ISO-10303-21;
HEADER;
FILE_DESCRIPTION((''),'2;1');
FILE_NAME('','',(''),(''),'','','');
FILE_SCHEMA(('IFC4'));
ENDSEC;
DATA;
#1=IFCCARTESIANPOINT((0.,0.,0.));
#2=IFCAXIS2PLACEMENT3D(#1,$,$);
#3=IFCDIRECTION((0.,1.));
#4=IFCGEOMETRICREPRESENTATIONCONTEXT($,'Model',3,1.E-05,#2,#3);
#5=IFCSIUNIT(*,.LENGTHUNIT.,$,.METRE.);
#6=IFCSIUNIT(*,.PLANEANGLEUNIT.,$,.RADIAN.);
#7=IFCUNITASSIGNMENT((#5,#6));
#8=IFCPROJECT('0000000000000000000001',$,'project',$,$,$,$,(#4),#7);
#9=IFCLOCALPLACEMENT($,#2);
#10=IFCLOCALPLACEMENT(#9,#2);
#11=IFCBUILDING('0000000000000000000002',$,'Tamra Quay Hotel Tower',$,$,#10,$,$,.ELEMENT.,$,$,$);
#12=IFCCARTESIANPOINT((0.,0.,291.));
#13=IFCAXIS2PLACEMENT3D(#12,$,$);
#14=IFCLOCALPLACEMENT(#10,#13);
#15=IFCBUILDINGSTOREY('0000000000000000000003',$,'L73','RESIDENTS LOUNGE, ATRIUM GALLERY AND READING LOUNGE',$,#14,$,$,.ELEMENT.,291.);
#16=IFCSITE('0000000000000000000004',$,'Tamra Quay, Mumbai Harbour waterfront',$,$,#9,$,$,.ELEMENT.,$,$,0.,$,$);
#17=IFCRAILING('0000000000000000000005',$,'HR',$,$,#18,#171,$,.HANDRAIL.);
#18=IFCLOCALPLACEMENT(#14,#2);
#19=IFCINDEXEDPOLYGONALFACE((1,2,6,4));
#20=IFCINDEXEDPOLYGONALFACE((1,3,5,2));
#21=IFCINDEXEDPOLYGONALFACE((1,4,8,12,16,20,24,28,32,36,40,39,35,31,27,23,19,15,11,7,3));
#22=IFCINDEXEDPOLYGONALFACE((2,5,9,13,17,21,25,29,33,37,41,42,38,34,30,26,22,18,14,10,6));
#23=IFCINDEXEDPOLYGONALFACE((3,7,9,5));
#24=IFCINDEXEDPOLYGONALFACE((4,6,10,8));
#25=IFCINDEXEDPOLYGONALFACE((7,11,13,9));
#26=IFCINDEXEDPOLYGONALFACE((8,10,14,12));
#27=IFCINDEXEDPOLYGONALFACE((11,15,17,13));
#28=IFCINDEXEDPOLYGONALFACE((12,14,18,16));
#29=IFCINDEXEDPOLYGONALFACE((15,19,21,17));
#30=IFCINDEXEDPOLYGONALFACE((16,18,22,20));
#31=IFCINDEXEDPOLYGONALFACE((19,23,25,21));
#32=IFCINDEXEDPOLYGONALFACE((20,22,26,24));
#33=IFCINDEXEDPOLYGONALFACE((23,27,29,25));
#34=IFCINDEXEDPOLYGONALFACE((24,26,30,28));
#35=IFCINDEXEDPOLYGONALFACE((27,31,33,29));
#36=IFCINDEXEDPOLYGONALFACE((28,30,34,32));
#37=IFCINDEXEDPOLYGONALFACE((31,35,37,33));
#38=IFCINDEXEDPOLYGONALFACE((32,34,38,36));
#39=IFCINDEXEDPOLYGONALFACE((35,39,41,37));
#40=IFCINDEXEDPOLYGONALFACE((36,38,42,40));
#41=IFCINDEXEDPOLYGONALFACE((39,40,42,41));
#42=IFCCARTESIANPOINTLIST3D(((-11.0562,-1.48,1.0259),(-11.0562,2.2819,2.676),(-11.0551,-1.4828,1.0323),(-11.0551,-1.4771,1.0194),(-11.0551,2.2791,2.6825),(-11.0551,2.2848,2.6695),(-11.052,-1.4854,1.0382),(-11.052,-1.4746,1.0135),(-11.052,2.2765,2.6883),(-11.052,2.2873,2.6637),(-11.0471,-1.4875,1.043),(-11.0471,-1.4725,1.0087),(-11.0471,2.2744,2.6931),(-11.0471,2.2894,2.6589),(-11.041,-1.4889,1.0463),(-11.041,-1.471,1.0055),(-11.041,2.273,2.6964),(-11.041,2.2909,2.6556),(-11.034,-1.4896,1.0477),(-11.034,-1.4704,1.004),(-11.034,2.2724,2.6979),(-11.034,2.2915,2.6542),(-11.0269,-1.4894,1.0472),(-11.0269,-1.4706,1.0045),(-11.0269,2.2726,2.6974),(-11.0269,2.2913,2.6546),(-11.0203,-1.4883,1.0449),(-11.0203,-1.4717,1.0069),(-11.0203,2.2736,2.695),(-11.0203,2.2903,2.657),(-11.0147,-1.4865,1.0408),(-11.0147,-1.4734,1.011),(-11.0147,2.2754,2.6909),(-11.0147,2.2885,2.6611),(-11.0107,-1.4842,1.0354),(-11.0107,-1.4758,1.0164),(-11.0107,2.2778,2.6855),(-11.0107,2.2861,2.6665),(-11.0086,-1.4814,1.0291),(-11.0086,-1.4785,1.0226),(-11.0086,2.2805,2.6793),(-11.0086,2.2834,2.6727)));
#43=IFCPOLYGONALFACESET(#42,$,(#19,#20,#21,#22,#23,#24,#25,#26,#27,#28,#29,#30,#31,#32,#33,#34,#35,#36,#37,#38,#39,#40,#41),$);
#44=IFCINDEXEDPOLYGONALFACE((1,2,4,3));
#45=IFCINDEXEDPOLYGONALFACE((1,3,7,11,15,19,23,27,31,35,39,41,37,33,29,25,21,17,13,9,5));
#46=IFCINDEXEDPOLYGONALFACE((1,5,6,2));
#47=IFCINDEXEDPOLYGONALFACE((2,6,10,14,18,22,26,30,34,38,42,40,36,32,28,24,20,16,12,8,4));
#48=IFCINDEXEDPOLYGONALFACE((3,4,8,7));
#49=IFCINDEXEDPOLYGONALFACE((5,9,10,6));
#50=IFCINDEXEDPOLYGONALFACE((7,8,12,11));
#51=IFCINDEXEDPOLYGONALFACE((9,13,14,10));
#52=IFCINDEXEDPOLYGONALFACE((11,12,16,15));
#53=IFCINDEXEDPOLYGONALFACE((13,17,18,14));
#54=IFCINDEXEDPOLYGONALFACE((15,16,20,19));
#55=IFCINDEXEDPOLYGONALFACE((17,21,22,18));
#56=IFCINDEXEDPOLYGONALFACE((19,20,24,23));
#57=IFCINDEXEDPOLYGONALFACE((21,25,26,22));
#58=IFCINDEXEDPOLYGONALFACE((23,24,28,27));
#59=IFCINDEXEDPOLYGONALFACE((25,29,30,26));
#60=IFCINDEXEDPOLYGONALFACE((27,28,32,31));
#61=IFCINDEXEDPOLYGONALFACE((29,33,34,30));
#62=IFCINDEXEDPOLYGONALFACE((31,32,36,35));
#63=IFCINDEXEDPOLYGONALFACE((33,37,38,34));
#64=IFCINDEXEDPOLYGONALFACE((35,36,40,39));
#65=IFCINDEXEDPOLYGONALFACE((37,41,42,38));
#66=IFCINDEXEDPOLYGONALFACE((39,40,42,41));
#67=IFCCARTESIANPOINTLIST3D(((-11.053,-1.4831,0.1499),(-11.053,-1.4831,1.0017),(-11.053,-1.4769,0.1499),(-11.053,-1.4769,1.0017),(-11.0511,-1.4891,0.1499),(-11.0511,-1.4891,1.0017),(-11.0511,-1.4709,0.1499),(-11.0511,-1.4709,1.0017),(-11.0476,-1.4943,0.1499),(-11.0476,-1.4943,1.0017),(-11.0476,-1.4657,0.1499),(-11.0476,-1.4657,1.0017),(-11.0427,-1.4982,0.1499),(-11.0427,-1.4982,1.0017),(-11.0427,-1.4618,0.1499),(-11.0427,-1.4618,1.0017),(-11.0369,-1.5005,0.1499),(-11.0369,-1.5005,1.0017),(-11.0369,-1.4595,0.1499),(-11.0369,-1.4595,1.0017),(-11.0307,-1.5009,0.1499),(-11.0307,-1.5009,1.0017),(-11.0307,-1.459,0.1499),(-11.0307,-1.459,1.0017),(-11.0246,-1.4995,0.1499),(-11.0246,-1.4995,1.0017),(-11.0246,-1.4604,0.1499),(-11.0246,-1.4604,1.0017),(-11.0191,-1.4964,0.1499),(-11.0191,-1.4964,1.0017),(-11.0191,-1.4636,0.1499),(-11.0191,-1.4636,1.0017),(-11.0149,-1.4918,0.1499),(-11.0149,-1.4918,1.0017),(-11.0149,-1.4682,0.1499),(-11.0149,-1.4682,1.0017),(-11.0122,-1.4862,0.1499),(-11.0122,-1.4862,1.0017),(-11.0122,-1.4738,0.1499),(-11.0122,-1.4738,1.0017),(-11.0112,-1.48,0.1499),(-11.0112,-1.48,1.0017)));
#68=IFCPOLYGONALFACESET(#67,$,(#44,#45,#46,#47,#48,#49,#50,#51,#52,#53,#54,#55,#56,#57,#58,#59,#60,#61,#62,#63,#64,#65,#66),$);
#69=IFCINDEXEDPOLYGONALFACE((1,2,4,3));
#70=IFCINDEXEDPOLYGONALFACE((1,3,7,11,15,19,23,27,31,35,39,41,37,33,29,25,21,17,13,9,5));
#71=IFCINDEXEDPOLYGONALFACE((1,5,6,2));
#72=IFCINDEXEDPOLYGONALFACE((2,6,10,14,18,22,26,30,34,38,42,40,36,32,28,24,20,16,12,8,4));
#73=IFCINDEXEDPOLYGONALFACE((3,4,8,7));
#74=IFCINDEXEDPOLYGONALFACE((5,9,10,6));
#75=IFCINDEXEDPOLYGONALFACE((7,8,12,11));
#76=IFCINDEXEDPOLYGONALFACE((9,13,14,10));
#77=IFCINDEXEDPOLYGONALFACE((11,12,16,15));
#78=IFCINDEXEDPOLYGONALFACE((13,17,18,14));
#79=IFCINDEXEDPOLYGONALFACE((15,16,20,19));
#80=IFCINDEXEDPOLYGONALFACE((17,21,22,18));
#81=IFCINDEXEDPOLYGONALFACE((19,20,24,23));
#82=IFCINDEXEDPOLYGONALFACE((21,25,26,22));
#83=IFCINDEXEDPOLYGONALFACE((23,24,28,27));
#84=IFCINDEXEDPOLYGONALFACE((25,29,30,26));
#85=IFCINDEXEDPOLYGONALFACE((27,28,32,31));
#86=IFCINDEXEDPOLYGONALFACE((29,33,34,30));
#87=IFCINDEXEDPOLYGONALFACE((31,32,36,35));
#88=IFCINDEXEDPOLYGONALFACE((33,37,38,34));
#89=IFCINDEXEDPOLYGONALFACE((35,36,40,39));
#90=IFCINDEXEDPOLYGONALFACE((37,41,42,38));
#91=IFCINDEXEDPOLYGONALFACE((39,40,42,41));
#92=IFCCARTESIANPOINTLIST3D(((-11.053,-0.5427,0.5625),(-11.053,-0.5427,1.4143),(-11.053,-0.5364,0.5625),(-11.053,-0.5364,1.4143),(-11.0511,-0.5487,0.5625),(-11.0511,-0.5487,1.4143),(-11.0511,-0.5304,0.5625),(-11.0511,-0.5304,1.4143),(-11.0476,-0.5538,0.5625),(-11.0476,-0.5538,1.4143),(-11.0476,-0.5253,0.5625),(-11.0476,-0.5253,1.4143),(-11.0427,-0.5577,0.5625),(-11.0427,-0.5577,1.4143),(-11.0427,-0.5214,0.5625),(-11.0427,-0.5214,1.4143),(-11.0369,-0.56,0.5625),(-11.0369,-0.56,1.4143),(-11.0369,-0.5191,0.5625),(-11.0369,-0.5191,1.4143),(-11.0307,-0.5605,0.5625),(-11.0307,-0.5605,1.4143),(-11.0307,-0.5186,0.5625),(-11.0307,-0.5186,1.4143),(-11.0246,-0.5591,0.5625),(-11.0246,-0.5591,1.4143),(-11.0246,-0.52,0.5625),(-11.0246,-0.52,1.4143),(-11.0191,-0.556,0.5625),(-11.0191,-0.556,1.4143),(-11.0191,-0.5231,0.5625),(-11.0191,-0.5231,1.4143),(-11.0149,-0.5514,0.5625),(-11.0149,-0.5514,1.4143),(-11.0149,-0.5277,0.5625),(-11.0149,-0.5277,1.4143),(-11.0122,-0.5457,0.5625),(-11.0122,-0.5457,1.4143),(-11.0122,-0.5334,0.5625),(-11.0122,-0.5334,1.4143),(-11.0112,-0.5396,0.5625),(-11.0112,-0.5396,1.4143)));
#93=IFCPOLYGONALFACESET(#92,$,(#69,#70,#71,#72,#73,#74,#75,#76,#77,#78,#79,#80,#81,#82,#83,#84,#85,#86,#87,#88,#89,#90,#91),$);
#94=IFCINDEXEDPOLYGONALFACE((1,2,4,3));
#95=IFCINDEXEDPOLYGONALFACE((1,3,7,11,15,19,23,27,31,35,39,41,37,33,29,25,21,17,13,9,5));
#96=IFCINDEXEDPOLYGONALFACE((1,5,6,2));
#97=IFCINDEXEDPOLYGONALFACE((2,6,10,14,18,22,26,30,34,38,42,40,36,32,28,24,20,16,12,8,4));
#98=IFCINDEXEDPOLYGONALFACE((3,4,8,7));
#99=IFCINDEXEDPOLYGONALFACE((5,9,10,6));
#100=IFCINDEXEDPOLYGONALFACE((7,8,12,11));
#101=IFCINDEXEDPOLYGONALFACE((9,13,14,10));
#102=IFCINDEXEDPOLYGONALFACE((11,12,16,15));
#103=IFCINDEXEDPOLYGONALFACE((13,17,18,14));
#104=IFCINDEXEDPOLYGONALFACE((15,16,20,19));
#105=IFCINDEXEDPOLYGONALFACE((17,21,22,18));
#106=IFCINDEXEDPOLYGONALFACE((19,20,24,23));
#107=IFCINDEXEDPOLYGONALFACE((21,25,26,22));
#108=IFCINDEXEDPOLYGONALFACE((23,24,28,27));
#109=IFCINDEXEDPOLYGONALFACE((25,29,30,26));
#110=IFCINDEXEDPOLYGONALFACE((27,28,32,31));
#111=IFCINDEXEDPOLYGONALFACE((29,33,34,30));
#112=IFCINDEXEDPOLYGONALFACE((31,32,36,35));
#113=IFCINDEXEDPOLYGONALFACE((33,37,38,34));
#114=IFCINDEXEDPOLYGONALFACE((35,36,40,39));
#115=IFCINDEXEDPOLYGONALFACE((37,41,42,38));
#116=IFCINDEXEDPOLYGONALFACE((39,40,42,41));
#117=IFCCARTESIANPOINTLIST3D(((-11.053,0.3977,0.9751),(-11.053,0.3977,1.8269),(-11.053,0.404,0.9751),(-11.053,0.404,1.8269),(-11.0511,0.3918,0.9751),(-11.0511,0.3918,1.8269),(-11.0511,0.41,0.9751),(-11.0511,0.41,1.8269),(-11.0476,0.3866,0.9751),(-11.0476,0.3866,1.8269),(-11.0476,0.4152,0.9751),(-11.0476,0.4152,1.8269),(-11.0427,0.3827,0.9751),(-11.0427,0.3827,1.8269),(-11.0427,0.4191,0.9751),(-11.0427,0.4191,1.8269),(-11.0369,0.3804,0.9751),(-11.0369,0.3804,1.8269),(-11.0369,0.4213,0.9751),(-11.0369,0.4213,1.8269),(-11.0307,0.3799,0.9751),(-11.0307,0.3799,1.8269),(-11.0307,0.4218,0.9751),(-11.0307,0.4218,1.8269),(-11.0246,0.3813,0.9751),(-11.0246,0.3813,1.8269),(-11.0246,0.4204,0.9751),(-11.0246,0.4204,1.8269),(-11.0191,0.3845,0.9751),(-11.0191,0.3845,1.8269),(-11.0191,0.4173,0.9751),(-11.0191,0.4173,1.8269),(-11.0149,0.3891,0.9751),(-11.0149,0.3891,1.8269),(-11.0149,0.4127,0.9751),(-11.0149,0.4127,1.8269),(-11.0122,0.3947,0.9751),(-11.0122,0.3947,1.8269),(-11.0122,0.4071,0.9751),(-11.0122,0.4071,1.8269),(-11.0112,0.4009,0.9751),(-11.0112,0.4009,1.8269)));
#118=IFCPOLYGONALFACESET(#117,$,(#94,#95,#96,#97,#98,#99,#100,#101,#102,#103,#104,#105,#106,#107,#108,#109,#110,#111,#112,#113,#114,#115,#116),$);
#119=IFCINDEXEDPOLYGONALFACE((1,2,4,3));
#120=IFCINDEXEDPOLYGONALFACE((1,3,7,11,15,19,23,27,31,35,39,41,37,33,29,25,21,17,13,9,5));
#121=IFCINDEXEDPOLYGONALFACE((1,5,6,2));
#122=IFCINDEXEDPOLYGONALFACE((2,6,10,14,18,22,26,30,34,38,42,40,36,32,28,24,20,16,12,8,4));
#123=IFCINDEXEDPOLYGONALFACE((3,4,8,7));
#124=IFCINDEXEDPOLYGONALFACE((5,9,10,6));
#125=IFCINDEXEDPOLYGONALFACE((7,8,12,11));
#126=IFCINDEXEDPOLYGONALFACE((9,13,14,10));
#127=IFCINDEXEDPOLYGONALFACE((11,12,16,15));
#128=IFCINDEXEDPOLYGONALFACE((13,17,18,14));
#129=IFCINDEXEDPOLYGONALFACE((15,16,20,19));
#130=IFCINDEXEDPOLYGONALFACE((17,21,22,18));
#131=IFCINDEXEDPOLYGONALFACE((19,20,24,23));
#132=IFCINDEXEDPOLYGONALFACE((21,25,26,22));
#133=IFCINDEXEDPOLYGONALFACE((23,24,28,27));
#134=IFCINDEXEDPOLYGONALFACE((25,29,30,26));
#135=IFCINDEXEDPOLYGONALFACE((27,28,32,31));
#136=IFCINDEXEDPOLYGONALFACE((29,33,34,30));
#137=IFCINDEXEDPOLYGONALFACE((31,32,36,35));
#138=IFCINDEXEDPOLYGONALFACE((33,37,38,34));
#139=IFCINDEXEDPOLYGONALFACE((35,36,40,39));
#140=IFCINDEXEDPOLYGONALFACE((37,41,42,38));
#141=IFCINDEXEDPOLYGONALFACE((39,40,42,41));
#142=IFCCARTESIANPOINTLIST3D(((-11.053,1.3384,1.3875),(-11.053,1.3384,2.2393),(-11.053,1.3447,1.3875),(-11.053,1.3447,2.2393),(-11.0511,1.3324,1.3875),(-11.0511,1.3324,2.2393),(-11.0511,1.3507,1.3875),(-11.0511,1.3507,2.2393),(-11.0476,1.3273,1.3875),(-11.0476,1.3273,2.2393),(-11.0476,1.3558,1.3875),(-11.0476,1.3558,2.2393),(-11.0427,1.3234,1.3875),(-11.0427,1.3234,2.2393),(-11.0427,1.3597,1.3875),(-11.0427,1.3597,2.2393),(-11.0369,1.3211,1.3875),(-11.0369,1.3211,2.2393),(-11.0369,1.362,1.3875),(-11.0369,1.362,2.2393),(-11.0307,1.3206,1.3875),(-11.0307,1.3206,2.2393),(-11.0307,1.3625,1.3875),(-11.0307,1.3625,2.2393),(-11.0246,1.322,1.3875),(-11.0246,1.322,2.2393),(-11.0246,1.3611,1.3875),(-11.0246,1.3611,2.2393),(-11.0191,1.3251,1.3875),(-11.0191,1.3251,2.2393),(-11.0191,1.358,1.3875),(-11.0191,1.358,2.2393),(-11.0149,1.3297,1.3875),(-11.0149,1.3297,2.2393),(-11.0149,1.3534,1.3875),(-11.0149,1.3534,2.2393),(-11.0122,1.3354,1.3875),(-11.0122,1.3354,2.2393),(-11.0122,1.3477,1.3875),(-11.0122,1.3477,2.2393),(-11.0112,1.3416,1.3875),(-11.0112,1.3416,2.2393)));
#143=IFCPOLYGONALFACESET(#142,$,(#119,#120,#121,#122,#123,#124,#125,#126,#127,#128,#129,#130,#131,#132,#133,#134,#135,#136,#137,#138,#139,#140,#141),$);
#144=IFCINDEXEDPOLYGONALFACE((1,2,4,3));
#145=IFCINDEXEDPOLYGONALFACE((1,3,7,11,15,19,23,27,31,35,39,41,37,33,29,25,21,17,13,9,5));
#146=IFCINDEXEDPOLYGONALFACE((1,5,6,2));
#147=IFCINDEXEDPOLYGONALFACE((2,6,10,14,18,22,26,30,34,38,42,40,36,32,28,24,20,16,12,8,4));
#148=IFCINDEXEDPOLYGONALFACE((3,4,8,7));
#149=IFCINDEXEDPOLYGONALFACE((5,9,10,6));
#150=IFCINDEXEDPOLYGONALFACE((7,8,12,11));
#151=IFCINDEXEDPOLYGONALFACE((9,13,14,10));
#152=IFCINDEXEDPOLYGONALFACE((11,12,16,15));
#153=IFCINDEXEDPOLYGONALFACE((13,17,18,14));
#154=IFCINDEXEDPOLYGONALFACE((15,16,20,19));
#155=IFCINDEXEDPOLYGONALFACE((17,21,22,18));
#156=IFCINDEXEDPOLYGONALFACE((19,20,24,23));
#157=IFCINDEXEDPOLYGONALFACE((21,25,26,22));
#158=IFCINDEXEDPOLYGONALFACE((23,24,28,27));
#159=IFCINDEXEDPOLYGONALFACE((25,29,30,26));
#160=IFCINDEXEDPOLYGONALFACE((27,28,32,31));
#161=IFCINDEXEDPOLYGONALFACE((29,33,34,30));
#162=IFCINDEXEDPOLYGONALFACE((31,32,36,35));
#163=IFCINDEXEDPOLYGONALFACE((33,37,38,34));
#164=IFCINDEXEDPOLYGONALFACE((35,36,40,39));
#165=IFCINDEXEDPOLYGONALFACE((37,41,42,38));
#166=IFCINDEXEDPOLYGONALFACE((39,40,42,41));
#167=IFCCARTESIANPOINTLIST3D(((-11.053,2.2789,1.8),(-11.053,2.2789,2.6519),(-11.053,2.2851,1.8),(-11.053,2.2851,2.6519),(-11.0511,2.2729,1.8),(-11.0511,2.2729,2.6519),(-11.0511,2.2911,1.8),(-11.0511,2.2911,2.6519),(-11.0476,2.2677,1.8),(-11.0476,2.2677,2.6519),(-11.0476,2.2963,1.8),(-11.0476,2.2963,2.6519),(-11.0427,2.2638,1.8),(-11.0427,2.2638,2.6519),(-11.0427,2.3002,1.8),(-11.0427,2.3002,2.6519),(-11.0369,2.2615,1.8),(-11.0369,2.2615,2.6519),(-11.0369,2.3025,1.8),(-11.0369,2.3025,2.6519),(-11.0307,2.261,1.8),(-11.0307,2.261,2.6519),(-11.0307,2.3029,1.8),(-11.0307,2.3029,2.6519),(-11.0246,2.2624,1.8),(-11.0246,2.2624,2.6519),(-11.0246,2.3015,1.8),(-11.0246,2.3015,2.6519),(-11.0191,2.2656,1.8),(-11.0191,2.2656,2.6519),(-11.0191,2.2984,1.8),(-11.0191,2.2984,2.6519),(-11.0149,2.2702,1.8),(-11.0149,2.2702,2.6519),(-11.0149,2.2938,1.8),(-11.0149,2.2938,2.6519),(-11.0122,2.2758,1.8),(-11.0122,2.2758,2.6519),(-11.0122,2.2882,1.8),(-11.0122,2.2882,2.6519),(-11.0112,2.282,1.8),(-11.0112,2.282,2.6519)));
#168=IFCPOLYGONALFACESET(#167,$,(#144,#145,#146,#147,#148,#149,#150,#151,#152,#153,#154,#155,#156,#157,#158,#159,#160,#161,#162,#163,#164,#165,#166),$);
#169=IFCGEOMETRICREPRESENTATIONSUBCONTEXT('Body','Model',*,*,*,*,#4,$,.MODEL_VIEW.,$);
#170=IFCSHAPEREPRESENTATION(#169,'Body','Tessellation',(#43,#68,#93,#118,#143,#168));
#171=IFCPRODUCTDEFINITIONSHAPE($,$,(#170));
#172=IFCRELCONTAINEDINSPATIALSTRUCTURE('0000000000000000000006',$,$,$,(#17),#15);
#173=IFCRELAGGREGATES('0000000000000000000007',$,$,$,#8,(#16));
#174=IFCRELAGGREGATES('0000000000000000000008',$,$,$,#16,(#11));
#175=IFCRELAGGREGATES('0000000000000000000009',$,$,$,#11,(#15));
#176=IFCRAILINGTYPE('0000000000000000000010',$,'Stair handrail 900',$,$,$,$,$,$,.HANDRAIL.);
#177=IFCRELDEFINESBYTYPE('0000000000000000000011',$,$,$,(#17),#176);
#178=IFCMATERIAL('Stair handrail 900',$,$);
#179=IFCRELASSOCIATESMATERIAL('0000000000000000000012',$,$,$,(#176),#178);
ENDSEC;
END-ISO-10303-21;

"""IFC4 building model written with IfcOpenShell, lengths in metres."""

from ifc_helpers import new_model, si_unit, direction, frame, origin, origin_2d, place, context, subcontext, project, spatial, circle, extrude, material, type_object, element, save


model = new_model("IFC4")

# Units and contexts
model_context = context("Model", 3, precision=1e-05, world=origin(), true_north=direction((0.0, 1.0)))
body_context = subcontext(model_context, "Body", "Model", "MODEL_VIEW")
ifc_project = project(units=[si_unit("LENGTHUNIT", "METRE"), si_unit("PLANEANGLEUNIT", "RADIAN")], contexts=[model_context])

# Site, building, storey
site_placement = place(None, origin())
site = spatial("IfcSite", under=ifc_project, at=site_placement, Name="Tamra Quay, Mumbai Harbour waterfront", CompositionType="ELEMENT", RefElevation=0.0)
building_placement = place(site_placement, origin())
building = spatial("IfcBuilding", under=site, at=building_placement, Name="Tamra Quay Hotel Tower", CompositionType="ELEMENT")
storey_placement = place(building_placement, frame((0.0, 0.0, 291.0)))
storey = spatial("IfcBuildingStorey", under=building, at=storey_placement, Name="L73", Description="RESIDENTS LOUNGE, ATRIUM GALLERY AND READING LOUNGE", CompositionType="ELEMENT", Elevation=291.0)

# Railing
ifc_material_1 = material(Name="Stair handrail 900")
railing_type_1 = type_object("IfcRailingType", Name="Stair handrail 900", PredefinedType="HANDRAIL", material=ifc_material_1)
railing_1_placement = place(storey_placement, frame((-11.0322, -1.48, 0.1499)))
element("IfcRailing", 1, at=railing_1_placement, inside=storey, type_object=railing_type_1, Name="HR", PredefinedType="HANDRAIL", context=body_context, shape_type="SweptSolid", body=[
    extrude(circle(Radius=0.0239, at=origin_2d()), frame((0.0, 0.0, 0.876), z_axis=(0.0, 0.915774, 0.401695), x_axis=(-1.0, 0.0, 0.0)), (0.0, 0.0, 1.0), 4.1079),
    extrude(circle(Radius=0.021, at=origin_2d()), origin(), (0.0, 0.0, 1.0), 0.8518),
    extrude(circle(Radius=0.021, at=origin_2d()), frame((0.0, 0.9404, 0.4126)), (0.0, 0.0, 1.0), 0.8518),
    extrude(circle(Radius=0.021, at=origin_2d()), frame((0.0, 1.8809, 0.8252)), (0.0, 0.0, 1.0), 0.8518),
    extrude(circle(Radius=0.021, at=origin_2d()), frame((0.0, 2.8215, 1.2375)), (0.0, 0.0, 1.0), 0.8518),
    extrude(circle(Radius=0.021, at=origin_2d()), frame((0.0, 3.762, 1.6501)), (0.0, 0.0, 1.0), 0.8518),
])

save(model, "model.ifc")
